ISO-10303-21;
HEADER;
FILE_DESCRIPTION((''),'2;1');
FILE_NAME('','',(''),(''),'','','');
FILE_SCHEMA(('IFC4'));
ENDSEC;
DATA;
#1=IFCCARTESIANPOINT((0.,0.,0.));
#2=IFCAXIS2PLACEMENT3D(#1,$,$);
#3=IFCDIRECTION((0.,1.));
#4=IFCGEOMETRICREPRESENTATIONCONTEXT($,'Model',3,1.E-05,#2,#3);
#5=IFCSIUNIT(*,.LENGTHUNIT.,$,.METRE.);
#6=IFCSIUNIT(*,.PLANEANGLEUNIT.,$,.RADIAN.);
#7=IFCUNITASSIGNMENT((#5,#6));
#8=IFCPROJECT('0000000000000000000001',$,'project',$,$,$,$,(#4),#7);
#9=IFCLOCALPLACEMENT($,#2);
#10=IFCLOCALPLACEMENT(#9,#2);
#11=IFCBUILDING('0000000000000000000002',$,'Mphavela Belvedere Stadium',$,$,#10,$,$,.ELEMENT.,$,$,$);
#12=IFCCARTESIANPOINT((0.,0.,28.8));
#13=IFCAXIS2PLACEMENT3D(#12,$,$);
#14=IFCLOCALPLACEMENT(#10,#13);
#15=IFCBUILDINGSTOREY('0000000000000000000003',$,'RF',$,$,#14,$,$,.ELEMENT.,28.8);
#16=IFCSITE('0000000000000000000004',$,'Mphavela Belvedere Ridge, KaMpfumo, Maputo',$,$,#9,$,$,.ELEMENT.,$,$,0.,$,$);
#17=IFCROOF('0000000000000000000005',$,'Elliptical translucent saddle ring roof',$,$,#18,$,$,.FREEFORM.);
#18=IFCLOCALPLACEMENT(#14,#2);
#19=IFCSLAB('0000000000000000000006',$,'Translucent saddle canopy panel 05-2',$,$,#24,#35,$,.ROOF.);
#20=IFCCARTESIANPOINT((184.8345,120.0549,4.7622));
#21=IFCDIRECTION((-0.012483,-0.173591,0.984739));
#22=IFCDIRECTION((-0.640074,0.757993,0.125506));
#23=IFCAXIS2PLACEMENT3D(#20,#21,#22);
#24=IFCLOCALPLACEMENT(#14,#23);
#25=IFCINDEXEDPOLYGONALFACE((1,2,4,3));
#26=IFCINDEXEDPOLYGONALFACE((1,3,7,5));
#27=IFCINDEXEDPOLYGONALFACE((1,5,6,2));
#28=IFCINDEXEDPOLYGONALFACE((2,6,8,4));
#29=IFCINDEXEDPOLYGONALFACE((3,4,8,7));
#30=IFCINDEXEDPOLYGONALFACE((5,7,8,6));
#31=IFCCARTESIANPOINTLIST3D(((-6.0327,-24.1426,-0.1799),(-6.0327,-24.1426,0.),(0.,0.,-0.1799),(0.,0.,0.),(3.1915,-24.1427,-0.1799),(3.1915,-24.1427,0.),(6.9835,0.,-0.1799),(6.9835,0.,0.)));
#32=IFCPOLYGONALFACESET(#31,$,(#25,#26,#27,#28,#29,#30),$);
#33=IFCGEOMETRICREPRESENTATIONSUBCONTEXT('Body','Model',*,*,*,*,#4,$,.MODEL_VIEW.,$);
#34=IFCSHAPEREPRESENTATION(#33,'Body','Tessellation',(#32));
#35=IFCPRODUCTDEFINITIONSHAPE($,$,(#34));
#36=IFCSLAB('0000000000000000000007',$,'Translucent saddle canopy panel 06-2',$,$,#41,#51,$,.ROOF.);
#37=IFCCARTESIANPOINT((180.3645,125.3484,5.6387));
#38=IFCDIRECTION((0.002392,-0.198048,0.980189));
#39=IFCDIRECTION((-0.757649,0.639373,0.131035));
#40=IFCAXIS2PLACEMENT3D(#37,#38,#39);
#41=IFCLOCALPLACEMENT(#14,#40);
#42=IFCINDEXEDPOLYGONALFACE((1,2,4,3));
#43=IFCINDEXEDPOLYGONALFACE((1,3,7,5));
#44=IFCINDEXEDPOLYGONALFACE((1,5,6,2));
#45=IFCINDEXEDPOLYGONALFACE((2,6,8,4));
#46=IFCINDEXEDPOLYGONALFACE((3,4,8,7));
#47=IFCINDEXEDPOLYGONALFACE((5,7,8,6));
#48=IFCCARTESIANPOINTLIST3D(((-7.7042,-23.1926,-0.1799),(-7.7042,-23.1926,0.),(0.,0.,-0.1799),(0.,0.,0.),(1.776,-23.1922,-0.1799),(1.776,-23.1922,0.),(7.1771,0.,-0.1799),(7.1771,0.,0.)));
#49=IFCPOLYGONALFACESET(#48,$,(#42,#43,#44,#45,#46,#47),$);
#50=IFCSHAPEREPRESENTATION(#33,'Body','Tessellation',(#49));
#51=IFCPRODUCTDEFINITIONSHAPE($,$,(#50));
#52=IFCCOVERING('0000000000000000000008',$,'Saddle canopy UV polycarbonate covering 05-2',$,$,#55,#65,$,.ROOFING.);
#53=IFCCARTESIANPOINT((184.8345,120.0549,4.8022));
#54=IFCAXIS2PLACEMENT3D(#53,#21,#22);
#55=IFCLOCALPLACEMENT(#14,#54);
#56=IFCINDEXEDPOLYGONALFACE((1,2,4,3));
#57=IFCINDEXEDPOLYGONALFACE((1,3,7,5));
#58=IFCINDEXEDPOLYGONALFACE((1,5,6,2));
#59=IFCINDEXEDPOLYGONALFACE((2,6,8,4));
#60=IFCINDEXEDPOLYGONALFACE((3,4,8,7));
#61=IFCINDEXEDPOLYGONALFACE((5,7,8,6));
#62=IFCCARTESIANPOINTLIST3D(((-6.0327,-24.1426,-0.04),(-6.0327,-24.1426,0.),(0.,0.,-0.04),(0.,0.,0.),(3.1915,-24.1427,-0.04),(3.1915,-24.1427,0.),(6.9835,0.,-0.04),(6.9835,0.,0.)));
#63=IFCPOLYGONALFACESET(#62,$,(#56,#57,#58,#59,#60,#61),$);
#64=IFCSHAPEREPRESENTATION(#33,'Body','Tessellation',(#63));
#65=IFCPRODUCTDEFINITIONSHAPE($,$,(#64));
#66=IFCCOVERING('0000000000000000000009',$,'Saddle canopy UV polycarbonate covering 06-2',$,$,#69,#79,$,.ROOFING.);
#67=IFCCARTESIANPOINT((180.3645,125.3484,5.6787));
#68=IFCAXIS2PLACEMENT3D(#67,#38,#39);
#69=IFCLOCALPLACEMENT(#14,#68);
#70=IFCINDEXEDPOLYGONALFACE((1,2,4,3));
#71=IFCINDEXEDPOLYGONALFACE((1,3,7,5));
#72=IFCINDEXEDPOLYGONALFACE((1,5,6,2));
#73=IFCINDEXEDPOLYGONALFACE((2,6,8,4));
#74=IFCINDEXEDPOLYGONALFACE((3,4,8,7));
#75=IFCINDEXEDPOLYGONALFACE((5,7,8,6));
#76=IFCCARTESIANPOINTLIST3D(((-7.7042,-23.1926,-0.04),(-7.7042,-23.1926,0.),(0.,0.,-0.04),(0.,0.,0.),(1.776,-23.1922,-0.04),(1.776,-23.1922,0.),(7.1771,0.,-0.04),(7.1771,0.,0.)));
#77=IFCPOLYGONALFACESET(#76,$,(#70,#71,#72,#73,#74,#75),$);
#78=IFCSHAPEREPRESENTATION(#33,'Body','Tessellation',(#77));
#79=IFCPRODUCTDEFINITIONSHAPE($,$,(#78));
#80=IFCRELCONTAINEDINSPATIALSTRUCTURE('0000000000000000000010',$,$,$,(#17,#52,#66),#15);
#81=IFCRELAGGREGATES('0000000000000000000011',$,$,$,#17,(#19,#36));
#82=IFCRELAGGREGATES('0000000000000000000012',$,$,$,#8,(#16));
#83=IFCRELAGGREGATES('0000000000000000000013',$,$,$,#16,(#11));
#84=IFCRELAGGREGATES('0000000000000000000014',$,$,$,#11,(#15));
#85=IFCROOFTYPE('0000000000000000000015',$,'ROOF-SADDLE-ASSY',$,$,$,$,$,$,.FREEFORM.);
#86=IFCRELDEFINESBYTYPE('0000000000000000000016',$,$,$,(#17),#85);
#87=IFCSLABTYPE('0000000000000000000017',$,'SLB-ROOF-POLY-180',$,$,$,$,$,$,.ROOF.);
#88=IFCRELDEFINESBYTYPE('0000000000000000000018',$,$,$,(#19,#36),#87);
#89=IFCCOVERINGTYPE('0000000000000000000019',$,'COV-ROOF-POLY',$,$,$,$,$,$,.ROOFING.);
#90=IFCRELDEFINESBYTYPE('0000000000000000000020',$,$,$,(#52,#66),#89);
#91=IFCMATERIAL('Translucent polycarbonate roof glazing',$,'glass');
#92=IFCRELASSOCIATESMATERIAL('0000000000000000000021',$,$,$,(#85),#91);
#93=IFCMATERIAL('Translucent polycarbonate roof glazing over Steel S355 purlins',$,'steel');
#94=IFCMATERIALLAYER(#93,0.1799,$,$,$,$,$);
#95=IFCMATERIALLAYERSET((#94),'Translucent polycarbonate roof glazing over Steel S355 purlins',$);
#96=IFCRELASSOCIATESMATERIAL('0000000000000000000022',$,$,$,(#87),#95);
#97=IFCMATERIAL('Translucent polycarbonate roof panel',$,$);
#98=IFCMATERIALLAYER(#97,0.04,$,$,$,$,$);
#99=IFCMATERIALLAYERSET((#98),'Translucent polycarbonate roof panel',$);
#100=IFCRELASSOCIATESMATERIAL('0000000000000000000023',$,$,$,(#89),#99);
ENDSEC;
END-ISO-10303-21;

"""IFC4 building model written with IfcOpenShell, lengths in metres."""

from ifc_helpers import new_model, si_unit, direction, frame, origin, place, context, subcontext, project, spatial, polyline, outline, extrude, material, layer, layer_set, type_object, element, aggregate, save


model = new_model("IFC4")

# Units and contexts
model_context = context("Model", 3, precision=1e-05, world=origin(), true_north=direction((0.0, 1.0)))
body_context = subcontext(model_context, "Body", "Model", "MODEL_VIEW")
ifc_project = project(units=[si_unit("LENGTHUNIT", "METRE"), si_unit("PLANEANGLEUNIT", "RADIAN")], contexts=[model_context])

# Site, building, storey
site_placement = place(None, origin())
site = spatial("IfcSite", under=ifc_project, at=site_placement, Name="Mphavela Belvedere Ridge, KaMpfumo, Maputo", CompositionType="ELEMENT", RefElevation=0.0)
building_placement = place(site_placement, origin())
building = spatial("IfcBuilding", under=site, at=building_placement, Name="Mphavela Belvedere Stadium", CompositionType="ELEMENT")
storey_placement = place(building_placement, frame((0.0, 0.0, 28.8)))
storey = spatial("IfcBuildingStorey", under=building, at=storey_placement, Name="RF", CompositionType="ELEMENT", Elevation=28.8)

# Roof, slabs
ifc_material_1 = material(Name="Translucent polycarbonate roof glazing", Category="glass")
roof_type = type_object("IfcRoofType", Name="ROOF-SADDLE-ASSY", PredefinedType="FREEFORM", material=ifc_material_1)
roof_placement = place(storey_placement, origin())
roof = element("IfcRoof", 1, at=roof_placement, inside=storey, type_object=roof_type, Name="Elliptical translucent saddle ring roof", PredefinedType="FREEFORM")
ifc_material_2 = material(Name="Translucent polycarbonate roof glazing over Steel S355 purlins", Category="steel")
ifc_layer_1 = layer(ifc_material_2, 0.1799)
ifc_layer_set_1 = layer_set([ifc_layer_1], Name="Translucent polycarbonate roof glazing over Steel S355 purlins")
slab_type = type_object("IfcSlabType", Name="SLB-ROOF-POLY-180", PredefinedType="ROOF", material=ifc_layer_set_1)
slab_1_placement = place(storey_placement, frame((184.8345, 120.0549, 4.7622), z_axis=(-0.012483, -0.173591, 0.984739), x_axis=(-0.640074, 0.757993, 0.125506)))
slab_1 = element("IfcSlab", 2, at=slab_1_placement, type_object=slab_type, Name="Translucent saddle canopy panel 05-2", PredefinedType="ROOF", context=body_context, shape_type="SweptSolid", body=[
    extrude(outline(polyline([(0.0, 0.0), (6.9835, 0.0), (3.1915, -24.1427), (-6.0327, -24.1426), (0.0, 0.0)])), origin(), (0.0, 0.0, -1.0), 0.1799),
])
slab_2_placement = place(storey_placement, frame((180.3645, 125.3484, 5.6387), z_axis=(0.002392, -0.198048, 0.980189), x_axis=(-0.757649, 0.639373, 0.131035)))
slab_2 = element("IfcSlab", 3, at=slab_2_placement, type_object=slab_type, Name="Translucent saddle canopy panel 06-2", PredefinedType="ROOF", context=body_context, shape_type="SweptSolid", body=[
    extrude(outline(polyline([(0.0, 0.0), (7.1771, 0.0), (1.776, -23.1922), (-7.7042, -23.1926), (0.0, 0.0)])), origin(), (0.0, 0.0, -1.0), 0.1799),
])
aggregate(roof, [slab_1, slab_2])

# Coverings
ifc_material_3 = material(Name="Translucent polycarbonate roof panel")
ifc_layer_2 = layer(ifc_material_3, 0.04)
ifc_layer_set_2 = layer_set([ifc_layer_2], Name="Translucent polycarbonate roof panel")
covering_type = type_object("IfcCoveringType", Name="COV-ROOF-POLY", PredefinedType="ROOFING", material=ifc_layer_set_2)
covering_1_placement = place(storey_placement, frame((184.8345, 120.0549, 4.8022), z_axis=(-0.012483, -0.173591, 0.984739), x_axis=(-0.640074, 0.757993, 0.125506)))
element("IfcCovering", 4, at=covering_1_placement, inside=storey, type_object=covering_type, Name="Saddle canopy UV polycarbonate covering 05-2", PredefinedType="ROOFING", context=body_context, shape_type="SweptSolid", body=[
    extrude(outline(polyline([(0.0, 0.0), (6.9835, 0.0), (3.1915, -24.1427), (-6.0327, -24.1426), (0.0, 0.0)])), origin(), (0.0, 0.0, -1.0), 0.04),
])
covering_2_placement = place(storey_placement, frame((180.3645, 125.3484, 5.6787), z_axis=(0.002392, -0.198048, 0.980189), x_axis=(-0.757649, 0.639373, 0.131035)))
element("IfcCovering", 5, at=covering_2_placement, inside=storey, type_object=covering_type, Name="Saddle canopy UV polycarbonate covering 06-2", PredefinedType="ROOFING", context=body_context, shape_type="SweptSolid", body=[
    extrude(outline(polyline([(0.0, 0.0), (7.1771, 0.0), (1.776, -23.1922), (-7.7042, -23.1926), (0.0, 0.0)])), origin(), (0.0, 0.0, -1.0), 0.04),
])

save(model, "model.ifc")
